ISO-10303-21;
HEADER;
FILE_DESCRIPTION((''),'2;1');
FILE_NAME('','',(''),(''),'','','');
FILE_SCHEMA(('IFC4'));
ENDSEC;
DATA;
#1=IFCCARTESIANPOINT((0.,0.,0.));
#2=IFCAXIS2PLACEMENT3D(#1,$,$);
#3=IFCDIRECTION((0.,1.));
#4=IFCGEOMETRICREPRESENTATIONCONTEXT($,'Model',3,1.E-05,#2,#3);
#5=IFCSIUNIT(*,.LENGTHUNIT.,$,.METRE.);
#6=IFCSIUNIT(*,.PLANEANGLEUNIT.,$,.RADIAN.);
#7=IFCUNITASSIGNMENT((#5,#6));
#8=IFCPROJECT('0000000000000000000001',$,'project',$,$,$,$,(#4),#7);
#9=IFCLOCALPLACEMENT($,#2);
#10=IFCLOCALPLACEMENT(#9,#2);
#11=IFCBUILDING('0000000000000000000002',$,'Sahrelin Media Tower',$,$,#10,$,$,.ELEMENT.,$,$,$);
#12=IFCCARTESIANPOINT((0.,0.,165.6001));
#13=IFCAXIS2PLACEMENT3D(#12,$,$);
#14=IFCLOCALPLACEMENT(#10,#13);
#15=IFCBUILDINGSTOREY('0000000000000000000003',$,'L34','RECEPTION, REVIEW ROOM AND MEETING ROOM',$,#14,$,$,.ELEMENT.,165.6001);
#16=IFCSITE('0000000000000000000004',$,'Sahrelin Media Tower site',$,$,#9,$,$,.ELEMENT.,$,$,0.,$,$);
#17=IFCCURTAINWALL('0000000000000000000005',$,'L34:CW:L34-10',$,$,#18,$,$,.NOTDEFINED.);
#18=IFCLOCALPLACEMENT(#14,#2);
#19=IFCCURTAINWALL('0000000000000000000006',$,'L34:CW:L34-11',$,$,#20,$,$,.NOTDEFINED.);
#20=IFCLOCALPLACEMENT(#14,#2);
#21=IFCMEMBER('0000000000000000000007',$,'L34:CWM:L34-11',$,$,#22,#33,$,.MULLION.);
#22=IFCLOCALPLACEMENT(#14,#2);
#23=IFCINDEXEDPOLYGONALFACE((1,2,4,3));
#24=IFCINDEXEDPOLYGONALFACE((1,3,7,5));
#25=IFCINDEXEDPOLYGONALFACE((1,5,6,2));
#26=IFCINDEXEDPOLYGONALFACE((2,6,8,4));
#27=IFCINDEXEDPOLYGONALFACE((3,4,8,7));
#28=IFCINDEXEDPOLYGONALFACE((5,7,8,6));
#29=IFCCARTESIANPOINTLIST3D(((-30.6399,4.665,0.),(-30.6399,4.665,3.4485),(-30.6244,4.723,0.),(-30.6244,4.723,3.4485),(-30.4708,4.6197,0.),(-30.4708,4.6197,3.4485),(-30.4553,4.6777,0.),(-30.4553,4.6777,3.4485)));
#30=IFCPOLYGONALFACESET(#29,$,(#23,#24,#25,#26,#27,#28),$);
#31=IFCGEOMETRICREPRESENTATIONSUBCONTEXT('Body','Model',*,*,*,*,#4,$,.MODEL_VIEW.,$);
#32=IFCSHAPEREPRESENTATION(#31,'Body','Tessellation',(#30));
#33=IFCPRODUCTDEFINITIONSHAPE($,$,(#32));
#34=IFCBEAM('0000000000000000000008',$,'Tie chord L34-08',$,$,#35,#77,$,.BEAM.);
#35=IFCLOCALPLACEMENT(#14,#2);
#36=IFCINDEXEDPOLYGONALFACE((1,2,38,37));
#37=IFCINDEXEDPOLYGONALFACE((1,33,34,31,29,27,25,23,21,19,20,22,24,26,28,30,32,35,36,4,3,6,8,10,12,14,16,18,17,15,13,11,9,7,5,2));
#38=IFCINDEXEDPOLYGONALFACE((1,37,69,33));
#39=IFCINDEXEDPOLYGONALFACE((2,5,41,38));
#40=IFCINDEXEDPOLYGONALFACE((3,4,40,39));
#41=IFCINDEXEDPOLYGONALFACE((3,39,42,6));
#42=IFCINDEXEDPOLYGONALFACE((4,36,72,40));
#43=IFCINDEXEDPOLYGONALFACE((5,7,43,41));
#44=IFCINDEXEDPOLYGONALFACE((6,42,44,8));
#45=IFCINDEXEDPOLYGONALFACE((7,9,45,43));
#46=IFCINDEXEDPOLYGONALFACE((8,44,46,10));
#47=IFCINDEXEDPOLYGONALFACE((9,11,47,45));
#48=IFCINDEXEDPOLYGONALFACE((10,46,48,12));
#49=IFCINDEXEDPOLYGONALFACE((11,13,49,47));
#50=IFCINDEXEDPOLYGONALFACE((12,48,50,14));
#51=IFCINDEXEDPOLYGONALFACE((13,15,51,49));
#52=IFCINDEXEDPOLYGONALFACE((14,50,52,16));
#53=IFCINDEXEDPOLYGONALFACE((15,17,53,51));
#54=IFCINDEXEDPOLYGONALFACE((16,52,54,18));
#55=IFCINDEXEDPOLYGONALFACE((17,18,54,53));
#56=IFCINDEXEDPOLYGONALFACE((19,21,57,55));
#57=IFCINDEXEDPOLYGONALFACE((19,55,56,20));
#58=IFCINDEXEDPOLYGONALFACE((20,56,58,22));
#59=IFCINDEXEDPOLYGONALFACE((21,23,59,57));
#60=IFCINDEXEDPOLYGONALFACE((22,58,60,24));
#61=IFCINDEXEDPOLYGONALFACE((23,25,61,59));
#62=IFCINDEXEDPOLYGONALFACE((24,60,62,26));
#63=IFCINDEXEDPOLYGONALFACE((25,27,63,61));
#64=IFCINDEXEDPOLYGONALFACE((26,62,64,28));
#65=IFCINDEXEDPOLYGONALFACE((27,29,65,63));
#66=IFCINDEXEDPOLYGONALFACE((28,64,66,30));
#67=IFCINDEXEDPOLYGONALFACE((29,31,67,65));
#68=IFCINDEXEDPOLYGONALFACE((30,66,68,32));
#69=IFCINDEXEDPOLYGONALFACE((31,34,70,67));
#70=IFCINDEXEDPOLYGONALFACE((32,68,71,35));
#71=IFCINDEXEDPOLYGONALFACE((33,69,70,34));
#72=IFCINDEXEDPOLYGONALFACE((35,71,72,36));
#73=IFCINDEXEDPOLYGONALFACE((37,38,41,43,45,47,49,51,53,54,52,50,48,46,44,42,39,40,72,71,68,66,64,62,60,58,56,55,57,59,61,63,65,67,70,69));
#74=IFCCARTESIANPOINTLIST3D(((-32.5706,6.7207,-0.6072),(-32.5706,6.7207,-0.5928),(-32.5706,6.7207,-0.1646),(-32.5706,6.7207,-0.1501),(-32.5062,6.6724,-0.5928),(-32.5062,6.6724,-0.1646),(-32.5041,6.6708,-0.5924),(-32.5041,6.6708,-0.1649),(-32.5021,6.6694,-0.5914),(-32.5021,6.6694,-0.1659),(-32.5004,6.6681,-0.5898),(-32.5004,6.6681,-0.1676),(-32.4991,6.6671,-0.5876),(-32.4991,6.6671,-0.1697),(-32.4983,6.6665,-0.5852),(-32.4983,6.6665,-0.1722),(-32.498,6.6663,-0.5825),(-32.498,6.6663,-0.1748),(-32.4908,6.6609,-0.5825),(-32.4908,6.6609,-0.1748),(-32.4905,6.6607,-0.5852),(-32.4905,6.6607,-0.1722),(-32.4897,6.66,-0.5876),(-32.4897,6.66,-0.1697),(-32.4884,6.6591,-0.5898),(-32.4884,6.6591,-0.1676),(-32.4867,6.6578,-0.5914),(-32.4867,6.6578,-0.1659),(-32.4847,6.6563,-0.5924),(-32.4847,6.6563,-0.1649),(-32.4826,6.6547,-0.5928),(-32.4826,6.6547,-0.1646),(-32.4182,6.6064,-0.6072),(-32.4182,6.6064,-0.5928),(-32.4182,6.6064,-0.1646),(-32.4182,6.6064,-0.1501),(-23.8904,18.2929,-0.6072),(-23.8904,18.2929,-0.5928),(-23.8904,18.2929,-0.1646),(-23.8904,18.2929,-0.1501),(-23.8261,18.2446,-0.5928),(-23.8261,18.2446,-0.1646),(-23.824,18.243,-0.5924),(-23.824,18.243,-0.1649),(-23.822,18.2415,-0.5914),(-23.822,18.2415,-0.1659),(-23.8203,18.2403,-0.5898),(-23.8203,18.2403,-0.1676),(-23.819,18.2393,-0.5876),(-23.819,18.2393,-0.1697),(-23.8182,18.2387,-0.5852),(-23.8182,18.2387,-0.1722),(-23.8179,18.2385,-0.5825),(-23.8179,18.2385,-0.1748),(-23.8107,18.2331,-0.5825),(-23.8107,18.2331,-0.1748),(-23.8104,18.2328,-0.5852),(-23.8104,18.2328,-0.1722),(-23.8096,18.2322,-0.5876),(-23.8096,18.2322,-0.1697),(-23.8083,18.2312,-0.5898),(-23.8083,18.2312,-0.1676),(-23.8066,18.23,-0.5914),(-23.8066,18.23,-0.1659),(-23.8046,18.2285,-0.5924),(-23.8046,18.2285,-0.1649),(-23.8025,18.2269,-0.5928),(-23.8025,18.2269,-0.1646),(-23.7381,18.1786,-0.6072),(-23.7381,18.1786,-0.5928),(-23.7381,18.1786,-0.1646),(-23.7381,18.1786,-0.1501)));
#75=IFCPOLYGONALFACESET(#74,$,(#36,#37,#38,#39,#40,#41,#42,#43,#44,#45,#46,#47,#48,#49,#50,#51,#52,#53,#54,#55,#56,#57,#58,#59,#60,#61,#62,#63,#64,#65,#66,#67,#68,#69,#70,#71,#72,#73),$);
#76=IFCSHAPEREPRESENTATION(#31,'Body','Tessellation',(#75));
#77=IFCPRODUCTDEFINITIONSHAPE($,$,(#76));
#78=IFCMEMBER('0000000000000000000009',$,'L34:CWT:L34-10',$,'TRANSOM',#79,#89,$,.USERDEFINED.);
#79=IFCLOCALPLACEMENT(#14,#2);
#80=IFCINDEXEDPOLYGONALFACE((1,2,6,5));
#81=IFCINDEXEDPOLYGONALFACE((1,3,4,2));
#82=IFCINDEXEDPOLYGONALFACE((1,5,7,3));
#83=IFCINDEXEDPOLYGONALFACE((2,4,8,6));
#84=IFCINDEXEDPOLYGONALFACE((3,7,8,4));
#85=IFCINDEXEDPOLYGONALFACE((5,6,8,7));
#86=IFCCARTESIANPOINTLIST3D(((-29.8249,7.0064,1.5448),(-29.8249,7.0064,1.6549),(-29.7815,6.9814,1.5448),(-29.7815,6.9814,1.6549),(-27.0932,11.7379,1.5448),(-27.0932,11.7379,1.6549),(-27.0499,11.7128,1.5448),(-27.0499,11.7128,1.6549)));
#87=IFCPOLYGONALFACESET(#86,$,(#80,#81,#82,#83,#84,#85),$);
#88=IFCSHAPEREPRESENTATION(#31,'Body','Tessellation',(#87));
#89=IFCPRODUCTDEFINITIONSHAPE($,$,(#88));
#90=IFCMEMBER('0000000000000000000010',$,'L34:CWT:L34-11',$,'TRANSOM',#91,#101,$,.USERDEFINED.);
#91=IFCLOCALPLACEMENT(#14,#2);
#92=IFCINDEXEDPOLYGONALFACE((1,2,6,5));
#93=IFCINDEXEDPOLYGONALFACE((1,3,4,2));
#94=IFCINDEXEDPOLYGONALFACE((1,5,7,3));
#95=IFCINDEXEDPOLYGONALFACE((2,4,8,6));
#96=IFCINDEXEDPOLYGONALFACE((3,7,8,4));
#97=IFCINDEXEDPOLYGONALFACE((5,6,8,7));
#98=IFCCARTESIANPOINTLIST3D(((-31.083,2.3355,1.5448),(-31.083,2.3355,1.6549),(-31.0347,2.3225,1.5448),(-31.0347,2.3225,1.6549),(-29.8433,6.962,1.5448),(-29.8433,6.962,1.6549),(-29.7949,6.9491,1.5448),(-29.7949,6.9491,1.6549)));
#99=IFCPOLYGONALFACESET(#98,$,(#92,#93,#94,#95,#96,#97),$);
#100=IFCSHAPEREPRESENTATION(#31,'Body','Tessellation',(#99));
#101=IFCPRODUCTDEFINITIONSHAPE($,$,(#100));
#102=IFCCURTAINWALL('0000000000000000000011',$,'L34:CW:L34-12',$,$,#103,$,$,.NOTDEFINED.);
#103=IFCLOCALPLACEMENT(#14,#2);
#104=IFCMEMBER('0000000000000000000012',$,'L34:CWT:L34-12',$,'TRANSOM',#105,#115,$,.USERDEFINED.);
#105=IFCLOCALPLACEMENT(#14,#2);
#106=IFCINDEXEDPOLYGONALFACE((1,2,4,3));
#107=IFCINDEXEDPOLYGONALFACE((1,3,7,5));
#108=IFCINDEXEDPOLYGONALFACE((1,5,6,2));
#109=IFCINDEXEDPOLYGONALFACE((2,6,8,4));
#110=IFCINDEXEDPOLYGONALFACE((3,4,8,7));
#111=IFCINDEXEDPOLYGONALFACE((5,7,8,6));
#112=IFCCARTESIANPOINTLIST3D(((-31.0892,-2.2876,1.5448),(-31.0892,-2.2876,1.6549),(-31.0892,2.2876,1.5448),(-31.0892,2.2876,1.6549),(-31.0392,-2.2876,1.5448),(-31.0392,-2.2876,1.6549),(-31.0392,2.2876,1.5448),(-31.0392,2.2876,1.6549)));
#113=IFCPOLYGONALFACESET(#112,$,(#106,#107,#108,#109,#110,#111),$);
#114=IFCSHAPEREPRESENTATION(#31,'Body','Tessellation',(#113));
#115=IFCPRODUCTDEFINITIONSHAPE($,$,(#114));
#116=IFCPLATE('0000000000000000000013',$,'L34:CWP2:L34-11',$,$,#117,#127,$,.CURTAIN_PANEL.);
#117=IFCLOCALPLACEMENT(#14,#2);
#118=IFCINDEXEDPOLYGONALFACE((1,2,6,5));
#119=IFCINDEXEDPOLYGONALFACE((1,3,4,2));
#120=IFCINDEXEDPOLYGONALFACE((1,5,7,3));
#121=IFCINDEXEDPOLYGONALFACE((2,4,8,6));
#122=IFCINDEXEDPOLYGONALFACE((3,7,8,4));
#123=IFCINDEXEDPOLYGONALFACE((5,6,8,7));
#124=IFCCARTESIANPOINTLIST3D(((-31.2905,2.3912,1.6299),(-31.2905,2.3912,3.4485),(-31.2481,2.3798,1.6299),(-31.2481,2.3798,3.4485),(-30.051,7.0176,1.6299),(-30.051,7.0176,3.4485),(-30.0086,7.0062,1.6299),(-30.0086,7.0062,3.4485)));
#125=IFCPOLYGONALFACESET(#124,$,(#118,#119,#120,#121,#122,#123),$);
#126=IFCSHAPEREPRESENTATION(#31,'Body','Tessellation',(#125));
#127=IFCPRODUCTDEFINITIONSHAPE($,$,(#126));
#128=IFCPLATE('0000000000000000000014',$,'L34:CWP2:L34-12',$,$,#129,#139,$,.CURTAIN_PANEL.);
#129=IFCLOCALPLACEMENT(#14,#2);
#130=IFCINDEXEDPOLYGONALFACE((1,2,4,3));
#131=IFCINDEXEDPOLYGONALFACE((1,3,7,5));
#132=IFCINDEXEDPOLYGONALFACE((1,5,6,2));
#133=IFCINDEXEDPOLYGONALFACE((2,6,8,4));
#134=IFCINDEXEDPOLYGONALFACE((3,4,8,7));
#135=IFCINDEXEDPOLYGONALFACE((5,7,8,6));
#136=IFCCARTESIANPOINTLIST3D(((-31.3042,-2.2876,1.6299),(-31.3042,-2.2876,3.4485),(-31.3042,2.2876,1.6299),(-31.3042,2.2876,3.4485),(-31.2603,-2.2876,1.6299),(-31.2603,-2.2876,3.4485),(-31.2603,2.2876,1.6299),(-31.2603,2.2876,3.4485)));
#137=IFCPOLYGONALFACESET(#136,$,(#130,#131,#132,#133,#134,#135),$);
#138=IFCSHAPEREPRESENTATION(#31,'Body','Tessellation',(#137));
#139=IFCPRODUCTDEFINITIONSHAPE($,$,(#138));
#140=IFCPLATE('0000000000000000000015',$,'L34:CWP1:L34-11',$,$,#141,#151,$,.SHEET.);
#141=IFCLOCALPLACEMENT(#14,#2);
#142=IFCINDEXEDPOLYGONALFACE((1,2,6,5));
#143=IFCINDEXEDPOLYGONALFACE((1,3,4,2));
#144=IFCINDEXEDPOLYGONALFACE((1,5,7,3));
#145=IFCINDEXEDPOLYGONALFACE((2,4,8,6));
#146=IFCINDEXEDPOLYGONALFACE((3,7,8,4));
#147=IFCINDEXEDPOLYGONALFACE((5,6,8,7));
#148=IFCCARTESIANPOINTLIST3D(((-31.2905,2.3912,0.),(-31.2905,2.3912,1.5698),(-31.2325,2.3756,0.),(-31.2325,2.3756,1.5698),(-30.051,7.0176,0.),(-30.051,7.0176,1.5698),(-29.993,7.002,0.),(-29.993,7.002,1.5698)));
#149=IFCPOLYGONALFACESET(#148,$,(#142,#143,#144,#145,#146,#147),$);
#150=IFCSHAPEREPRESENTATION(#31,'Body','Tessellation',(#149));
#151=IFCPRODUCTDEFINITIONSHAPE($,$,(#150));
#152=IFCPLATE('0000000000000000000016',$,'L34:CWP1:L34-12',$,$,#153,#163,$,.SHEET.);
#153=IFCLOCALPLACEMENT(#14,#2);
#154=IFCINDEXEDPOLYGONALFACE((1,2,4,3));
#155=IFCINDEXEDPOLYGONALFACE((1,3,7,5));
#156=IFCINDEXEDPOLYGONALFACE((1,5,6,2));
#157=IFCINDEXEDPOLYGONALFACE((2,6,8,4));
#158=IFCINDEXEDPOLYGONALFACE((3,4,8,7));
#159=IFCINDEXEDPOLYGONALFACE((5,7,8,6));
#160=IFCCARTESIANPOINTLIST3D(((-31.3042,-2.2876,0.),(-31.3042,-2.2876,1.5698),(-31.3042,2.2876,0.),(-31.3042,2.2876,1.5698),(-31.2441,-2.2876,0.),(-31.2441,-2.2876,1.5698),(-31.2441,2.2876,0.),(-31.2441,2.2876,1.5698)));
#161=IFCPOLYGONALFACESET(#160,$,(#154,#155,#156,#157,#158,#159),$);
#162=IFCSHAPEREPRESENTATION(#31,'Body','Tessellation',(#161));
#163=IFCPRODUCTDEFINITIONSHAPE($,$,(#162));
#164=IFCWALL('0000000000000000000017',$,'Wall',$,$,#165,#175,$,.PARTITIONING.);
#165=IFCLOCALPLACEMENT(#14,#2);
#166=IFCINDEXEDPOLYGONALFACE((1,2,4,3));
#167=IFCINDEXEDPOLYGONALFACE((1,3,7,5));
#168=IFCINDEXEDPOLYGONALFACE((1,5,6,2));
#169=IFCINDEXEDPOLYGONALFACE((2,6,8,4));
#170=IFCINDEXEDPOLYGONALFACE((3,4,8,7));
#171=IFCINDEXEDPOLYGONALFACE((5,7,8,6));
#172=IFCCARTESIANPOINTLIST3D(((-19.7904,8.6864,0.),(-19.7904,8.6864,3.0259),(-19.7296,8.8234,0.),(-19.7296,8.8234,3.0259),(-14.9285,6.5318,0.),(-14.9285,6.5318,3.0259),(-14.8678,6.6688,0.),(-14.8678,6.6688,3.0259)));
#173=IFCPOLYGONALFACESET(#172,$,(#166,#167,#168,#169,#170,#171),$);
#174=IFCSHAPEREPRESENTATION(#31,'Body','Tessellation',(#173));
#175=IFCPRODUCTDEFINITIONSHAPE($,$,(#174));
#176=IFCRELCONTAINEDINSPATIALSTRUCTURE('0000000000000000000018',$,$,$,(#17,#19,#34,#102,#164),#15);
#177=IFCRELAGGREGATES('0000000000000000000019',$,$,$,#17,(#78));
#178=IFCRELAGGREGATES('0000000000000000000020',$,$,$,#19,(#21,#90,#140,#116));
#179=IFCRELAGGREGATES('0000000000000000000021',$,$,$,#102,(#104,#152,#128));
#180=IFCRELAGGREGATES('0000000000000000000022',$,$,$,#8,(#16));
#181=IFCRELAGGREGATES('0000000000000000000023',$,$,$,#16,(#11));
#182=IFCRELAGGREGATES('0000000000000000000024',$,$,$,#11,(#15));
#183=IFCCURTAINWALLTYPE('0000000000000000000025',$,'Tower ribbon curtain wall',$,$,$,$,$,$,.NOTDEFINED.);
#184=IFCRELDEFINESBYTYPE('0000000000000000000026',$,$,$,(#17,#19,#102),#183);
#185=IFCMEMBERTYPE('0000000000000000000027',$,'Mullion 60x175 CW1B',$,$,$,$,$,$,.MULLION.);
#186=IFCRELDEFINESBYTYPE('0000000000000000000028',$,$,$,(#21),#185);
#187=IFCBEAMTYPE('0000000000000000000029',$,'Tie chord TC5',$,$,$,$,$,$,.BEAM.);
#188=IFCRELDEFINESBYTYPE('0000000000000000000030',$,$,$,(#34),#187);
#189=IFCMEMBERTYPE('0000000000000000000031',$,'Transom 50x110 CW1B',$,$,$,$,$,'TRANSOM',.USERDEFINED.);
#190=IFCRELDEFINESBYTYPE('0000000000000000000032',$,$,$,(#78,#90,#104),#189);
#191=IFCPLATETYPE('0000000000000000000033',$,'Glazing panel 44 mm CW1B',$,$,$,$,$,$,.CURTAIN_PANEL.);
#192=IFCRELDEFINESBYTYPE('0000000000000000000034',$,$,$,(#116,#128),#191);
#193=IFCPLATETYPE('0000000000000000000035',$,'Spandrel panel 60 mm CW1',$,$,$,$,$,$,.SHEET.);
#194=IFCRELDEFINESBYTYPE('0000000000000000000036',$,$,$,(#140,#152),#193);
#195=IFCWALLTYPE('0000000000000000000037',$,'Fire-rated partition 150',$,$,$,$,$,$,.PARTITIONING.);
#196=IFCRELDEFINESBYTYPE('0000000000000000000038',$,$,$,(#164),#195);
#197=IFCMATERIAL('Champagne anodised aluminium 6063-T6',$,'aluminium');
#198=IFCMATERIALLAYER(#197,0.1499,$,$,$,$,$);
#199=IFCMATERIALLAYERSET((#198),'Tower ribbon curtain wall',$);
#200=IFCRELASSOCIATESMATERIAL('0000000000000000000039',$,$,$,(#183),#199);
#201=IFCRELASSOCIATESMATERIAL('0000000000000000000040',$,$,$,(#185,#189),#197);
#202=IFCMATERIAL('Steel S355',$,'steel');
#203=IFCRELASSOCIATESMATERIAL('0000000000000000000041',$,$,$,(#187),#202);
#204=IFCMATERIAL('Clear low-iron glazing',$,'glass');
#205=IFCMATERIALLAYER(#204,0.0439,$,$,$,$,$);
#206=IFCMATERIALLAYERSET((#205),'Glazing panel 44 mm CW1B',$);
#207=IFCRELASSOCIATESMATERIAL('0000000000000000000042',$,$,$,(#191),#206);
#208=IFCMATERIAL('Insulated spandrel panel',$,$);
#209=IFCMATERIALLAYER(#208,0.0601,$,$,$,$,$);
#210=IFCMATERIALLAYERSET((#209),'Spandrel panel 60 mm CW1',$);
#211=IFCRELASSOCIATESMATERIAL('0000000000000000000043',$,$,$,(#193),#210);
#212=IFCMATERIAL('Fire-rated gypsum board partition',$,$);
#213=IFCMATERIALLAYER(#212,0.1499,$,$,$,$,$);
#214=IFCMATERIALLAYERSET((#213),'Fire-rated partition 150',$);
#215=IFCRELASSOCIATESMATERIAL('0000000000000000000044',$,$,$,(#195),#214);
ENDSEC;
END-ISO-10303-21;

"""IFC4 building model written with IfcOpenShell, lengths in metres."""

from ifc_helpers import new_model, si_unit, direction, frame, frame_2d, origin, origin_2d, place, context, subcontext, project, spatial, polyline, rectangle, i_section, outline, extrude, material, layer, layer_set, material_profile, profile_set, type_object, element, aggregate, save


model = new_model("IFC4")

# Units and contexts
model_context = context("Model", 3, precision=1e-05, world=origin(), true_north=direction((0.0, 1.0)))
body_context = subcontext(model_context, "Body", "Model", "MODEL_VIEW")
ifc_project = project(units=[si_unit("LENGTHUNIT", "METRE"), si_unit("PLANEANGLEUNIT", "RADIAN")], contexts=[model_context])

# Site, building, storey
site_placement = place(None, origin())
site = spatial("IfcSite", under=ifc_project, at=site_placement, Name="Sahrelin Media Tower site", CompositionType="ELEMENT", RefElevation=0.0)
building_placement = place(site_placement, origin())
building = spatial("IfcBuilding", under=site, at=building_placement, Name="Sahrelin Media Tower", CompositionType="ELEMENT")
storey_placement = place(building_placement, frame((0.0, 0.0, 165.6001)))
storey = spatial("IfcBuildingStorey", under=building, at=storey_placement, Name="L34", Description="RECEPTION, REVIEW ROOM AND MEETING ROOM", CompositionType="ELEMENT", Elevation=165.6001)

# Shared definitions
ifc_material_1 = material(Name="Steel S355", Category="steel")

# Curtain walls, member
ifc_material_2 = material(Name="Champagne anodised aluminium 6063-T6", Category="aluminium")
ifc_layer_1 = layer(ifc_material_2, 0.1499)
ifc_layer_set_1 = layer_set([ifc_layer_1], Name="Tower ribbon curtain wall")
curtain_wall_type = type_object("IfcCurtainWallType", Name="Tower ribbon curtain wall", PredefinedType="NOTDEFINED", material=ifc_layer_set_1)
curtain_wall_1_placement = place(storey_placement, frame((-28.6277, 9.4697, 0.0), z_axis=(0.0, 0.0, 1.0), x_axis=(1.0, 0.0, 0.0)))
curtain_wall_1 = element("IfcCurtainWall", 1, at=curtain_wall_1_placement, inside=storey, type_object=curtain_wall_type, Name="L34:CW:L34-10", PredefinedType="NOTDEFINED")
ifc_material_profile_1 = material_profile(ifc_material_2, rectangle(XDim=0.0601, YDim=0.175, at=origin_2d()), Name="Mullion 60x175")
ifc_profile_set_1 = profile_set([ifc_material_profile_1], Name="Champagne anodised aluminium 6063-T6")
member_type_1 = type_object("IfcMemberType", Name="Mullion 60x175 CW1B", PredefinedType="MULLION", material=ifc_profile_set_1)
curtain_wall_2_placement = place(storey_placement, frame((-30.6516, 4.6992, 0.0), z_axis=(0.0, 0.0, 1.0), x_axis=(1.0, 0.0, 0.0)))
curtain_wall_2 = element("IfcCurtainWall", 2, at=curtain_wall_2_placement, inside=storey, type_object=curtain_wall_type, Name="L34:CW:L34-11", PredefinedType="NOTDEFINED")
member_1_placement = place(storey_placement, frame((-30.5476, 4.6714, 0.0), z_axis=(0.0, 0.0, 1.0), x_axis=(-0.258814, -0.965927, 0.0)))
member_1 = element("IfcMember", 3, at=member_1_placement, type_object=member_type_1, Name="L34:CWM:L34-11", PredefinedType="MULLION", context=body_context, shape_type="SweptSolid", body=[
    extrude(rectangle(XDim=0.0601, YDim=0.175, at=origin_2d()), origin(), (0.0, 0.0, 1.0), 3.4485),
])

# Beam
ifc_material_profile_2 = material_profile(ifc_material_1, i_section(OverallWidth=0.1904, OverallDepth=0.457, WebThickness=0.009, FlangeThickness=0.0144, FilletRadius=0.0103, at=origin_2d()), Name="UB 457x191x74")
ifc_profile_set_2 = profile_set([ifc_material_profile_2], Name="Steel S355")
beam_type_1 = type_object("IfcBeamType", Name="Tie chord TC5", PredefinedType="BEAM", material=ifc_profile_set_2)
beam_1_placement = place(storey_placement, frame((-32.4944, 6.6636, -0.3787), z_axis=(0.600043, 0.799968, 0.0), x_axis=(-0.799968, 0.600043, 0.0)))
element("IfcBeam", 4, at=beam_1_placement, inside=storey, type_object=beam_type_1, Name="Tie chord L34-08", PredefinedType="BEAM", context=body_context, shape_type="SweptSolid", body=[
    extrude(i_section(OverallWidth=0.1904, OverallDepth=0.457, WebThickness=0.009, FlangeThickness=0.0144, FilletRadius=0.0103, at=origin_2d()), origin(), (0.0, 0.0, 1.0), 14.4658),
])

# Members
ifc_material_profile_3 = material_profile(ifc_material_2, rectangle(XDim=0.05, YDim=0.1101, at=origin_2d()), Name="Transom 50x110")
ifc_profile_set_3 = profile_set([ifc_material_profile_3], Name="Champagne anodised aluminium 6063-T6")
member_type_2 = type_object("IfcMemberType", Name="Transom 50x110 CW1B", ElementType="TRANSOM", PredefinedType="USERDEFINED", material=ifc_profile_set_3)
member_2_placement = place(storey_placement, frame((-27.0715, 11.7253, 1.5999), z_axis=(-0.499998, -0.866026, 0.0), x_axis=(0.866026, -0.499998, 0.0)))
member_2 = element("IfcMember", 5, at=member_2_placement, type_object=member_type_2, Name="L34:CWT:L34-10", ObjectType="TRANSOM", PredefinedType="USERDEFINED", context=body_context, shape_type="SweptSolid", body=[
    extrude(rectangle(XDim=0.05, YDim=0.1101, at=origin_2d()), origin(), (0.0, 0.0, 1.0), 5.4634),
])
aggregate(curtain_wall_1, [member_2])
member_3_placement = place(storey_placement, frame((-29.8191, 6.9556, 1.5999), z_axis=(-0.258836, -0.965921, 0.0), x_axis=(0.965921, -0.258836, 0.0)))
member_3 = element("IfcMember", 6, at=member_3_placement, type_object=member_type_2, Name="L34:CWT:L34-11", ObjectType="TRANSOM", PredefinedType="USERDEFINED", context=body_context, shape_type="SweptSolid", body=[
    extrude(rectangle(XDim=0.05, YDim=0.1101, at=origin_2d()), origin(), (0.0, 0.0, 1.0), 4.7898),
])

# Curtain wall, member
curtain_wall_3_placement = place(storey_placement, frame((-31.2842, 0.0, 0.0), z_axis=(0.0, 0.0, 1.0), x_axis=(1.0, 0.0, 0.0)))
curtain_wall_3 = element("IfcCurtainWall", 7, at=curtain_wall_3_placement, inside=storey, type_object=curtain_wall_type, Name="L34:CW:L34-12", PredefinedType="NOTDEFINED")
member_4_placement = place(storey_placement, frame((-31.0642, 2.2876, 1.5999), z_axis=(0.0, -1.0, 0.0), x_axis=(1.0, 0.0, 0.0)))
member_4 = element("IfcMember", 8, at=member_4_placement, type_object=member_type_2, Name="L34:CWT:L34-12", ObjectType="TRANSOM", PredefinedType="USERDEFINED", context=body_context, shape_type="SweptSolid", body=[
    extrude(rectangle(XDim=0.05, YDim=0.1101, at=origin_2d()), origin(), (0.0, 0.0, 1.0), 4.5752),
])

# Plates
ifc_material_3 = material(Name="Clear low-iron glazing", Category="glass")
ifc_layer_2 = layer(ifc_material_3, 0.0439)
ifc_layer_set_2 = layer_set([ifc_layer_2], Name="Glazing panel 44 mm CW1B")
plate_type_1 = type_object("IfcPlateType", Name="Glazing panel 44 mm CW1B", PredefinedType="CURTAIN_PANEL", material=ifc_layer_set_2)
plate_1_placement = place(storey_placement, frame((-30.051, 7.0176, 1.6299), z_axis=(-0.965934, 0.258789, 0.0), x_axis=(-0.258789, -0.965934, 0.0)))
plate_1 = element("IfcPlate", 9, at=plate_1_placement, type_object=plate_type_1, Name="L34:CWP2:L34-11", PredefinedType="CURTAIN_PANEL", context=body_context, shape_type="SweptSolid", body=[
    extrude(outline(polyline([(0.0, 0.0), (4.7896, 0.0), (4.7896, 1.8186), (0.0, 1.8186), (0.0, 0.0)])), origin(), (0.0, 0.0, -1.0), 0.0439),
])
plate_2_placement = place(storey_placement, frame((-31.3042, 2.2876, 1.6299), z_axis=(-1.0, 0.0, 0.0), x_axis=(0.0, -1.0, 0.0)))
plate_2 = element("IfcPlate", 10, at=plate_2_placement, type_object=plate_type_1, Name="L34:CWP2:L34-12", PredefinedType="CURTAIN_PANEL", context=body_context, shape_type="SweptSolid", body=[
    extrude(outline(polyline([(0.0, 0.0), (4.5752, 0.0), (4.5752, 1.8186), (0.0, 1.8186), (0.0, 0.0)])), origin(), (0.0, 0.0, -1.0), 0.0439),
])
ifc_material_4 = material(Name="Insulated spandrel panel")
ifc_layer_3 = layer(ifc_material_4, 0.0601)
ifc_layer_set_3 = layer_set([ifc_layer_3], Name="Spandrel panel 60 mm CW1")
plate_type_2 = type_object("IfcPlateType", Name="Spandrel panel 60 mm CW1", PredefinedType="SHEET", material=ifc_layer_set_3)
plate_3_placement = place(storey_placement, frame((-30.051, 7.0176, 0.0), z_axis=(-0.965934, 0.258789, 0.0), x_axis=(-0.258789, -0.965934, 0.0)))
plate_3 = element("IfcPlate", 11, at=plate_3_placement, type_object=plate_type_2, Name="L34:CWP1:L34-11", PredefinedType="SHEET", context=body_context, shape_type="SweptSolid", body=[
    extrude(outline(polyline([(0.0, 0.0), (4.7896, 0.0), (4.7896, 1.5698), (0.0, 1.5698), (0.0, 0.0)])), origin(), (0.0, 0.0, -1.0), 0.0601),
])
aggregate(curtain_wall_2, [member_1, member_3, plate_3, plate_1])
plate_4_placement = place(storey_placement, frame((-31.3042, 2.2876, 0.0), z_axis=(-1.0, 0.0, 0.0), x_axis=(0.0, -1.0, 0.0)))
plate_4 = element("IfcPlate", 12, at=plate_4_placement, type_object=plate_type_2, Name="L34:CWP1:L34-12", PredefinedType="SHEET", context=body_context, shape_type="SweptSolid", body=[
    extrude(outline(polyline([(0.0, 0.0), (4.5752, 0.0), (4.5752, 1.5698), (0.0, 1.5698), (0.0, 0.0)])), origin(), (0.0, 0.0, -1.0), 0.0601),
])
aggregate(curtain_wall_3, [member_4, plate_4, plate_2])

# Wall
ifc_material_5 = material(Name="Fire-rated gypsum board partition")
ifc_layer_4 = layer(ifc_material_5, 0.1499)
ifc_layer_set_4 = layer_set([ifc_layer_4], Name="Fire-rated partition 150")
wall_type_1 = type_object("IfcWallType", Name="Fire-rated partition 150", PredefinedType="PARTITIONING", material=ifc_layer_set_4)
wall_1_placement = place(storey_placement, frame((-19.76, 8.7549, 0.0), z_axis=(0.0, 0.0, 1.0), x_axis=(0.914248, -0.405154, 0.0)))
element("IfcWall", 13, at=wall_1_placement, inside=storey, type_object=wall_type_1, Name="Wall", PredefinedType="PARTITIONING", context=body_context, shape_type="SweptSolid", body=[
    extrude(rectangle(XDim=5.3179, YDim=0.1499, at=frame_2d((2.6589, 0.0))), origin(), (0.0, 0.0, 1.0), 3.0259),
])

save(model, "model.ifc")
